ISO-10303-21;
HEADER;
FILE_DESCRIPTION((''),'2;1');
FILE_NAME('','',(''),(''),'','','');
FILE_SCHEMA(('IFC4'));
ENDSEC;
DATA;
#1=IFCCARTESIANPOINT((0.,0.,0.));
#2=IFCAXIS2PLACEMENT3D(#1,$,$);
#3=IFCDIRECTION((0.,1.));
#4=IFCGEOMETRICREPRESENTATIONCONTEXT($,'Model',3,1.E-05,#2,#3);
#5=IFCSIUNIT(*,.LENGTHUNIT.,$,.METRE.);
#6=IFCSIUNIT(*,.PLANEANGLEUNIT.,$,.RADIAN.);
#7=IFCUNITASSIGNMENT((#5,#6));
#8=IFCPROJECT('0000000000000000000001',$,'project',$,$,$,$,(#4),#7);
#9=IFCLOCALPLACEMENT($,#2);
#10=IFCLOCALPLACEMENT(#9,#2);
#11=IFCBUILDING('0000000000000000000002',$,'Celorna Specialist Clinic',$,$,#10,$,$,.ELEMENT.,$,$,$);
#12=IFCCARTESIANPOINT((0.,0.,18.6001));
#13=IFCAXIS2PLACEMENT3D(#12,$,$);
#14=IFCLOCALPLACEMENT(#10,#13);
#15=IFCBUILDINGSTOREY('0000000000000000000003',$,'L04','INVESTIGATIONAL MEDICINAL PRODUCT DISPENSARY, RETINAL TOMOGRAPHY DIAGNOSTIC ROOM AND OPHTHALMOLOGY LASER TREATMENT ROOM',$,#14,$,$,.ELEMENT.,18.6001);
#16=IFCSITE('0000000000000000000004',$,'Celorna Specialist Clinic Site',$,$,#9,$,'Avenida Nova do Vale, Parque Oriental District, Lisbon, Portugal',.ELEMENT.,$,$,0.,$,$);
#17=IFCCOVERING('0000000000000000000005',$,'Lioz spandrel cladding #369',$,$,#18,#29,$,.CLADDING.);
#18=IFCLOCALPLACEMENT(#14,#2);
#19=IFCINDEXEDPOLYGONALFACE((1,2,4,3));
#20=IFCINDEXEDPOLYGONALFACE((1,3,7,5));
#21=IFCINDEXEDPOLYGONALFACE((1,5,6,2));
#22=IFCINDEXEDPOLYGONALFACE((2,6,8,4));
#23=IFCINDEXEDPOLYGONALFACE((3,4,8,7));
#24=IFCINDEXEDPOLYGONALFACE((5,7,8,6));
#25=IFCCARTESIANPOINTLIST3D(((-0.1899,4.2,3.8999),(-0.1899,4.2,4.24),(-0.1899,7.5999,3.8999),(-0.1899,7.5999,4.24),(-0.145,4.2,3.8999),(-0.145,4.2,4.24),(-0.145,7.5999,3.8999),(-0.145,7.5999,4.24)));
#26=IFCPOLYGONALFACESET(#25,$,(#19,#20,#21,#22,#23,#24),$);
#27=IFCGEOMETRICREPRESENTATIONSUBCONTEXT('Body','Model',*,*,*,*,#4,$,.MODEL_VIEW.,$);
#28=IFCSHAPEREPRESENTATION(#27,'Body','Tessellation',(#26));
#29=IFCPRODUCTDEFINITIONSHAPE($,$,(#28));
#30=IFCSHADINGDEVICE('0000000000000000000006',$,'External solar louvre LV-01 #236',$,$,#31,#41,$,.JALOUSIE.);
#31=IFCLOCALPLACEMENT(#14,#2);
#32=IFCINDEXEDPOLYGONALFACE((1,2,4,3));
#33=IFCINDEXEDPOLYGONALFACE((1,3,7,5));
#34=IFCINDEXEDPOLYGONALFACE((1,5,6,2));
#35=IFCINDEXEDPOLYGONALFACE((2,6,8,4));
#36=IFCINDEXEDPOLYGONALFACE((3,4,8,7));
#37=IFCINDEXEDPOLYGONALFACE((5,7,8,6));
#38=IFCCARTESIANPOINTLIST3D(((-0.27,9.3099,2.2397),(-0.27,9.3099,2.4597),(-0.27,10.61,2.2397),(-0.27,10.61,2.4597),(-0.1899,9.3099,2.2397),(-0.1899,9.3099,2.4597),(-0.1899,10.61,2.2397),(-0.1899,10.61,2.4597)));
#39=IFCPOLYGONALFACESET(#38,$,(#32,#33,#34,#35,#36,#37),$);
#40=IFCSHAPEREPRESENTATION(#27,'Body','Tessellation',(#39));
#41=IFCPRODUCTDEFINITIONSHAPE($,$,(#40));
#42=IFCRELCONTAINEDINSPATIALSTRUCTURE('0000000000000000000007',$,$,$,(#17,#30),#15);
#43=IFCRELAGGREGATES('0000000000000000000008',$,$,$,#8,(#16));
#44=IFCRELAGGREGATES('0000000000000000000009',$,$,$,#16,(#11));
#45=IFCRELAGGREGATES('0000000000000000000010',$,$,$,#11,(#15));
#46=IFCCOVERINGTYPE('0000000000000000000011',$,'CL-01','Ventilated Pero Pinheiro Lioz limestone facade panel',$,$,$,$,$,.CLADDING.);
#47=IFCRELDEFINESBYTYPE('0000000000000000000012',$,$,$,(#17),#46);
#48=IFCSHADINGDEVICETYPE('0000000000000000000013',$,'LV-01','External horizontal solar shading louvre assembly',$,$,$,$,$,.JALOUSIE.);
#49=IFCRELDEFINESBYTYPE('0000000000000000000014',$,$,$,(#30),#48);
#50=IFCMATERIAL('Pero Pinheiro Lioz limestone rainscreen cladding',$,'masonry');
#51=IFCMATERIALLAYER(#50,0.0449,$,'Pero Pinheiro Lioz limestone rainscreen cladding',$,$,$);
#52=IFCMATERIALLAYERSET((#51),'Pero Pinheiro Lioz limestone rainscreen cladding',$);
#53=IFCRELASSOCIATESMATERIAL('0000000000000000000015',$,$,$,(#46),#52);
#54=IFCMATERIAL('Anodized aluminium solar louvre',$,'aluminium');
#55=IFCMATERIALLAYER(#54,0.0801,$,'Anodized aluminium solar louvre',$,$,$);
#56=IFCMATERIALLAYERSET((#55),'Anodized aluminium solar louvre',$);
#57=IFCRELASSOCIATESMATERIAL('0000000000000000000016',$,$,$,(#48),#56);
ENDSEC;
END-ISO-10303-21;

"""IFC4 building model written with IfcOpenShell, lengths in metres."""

from ifc_helpers import new_model, si_unit, direction, frame, origin, origin_2d, place, context, subcontext, project, spatial, rectangle, extrude, material, layer, layer_set, type_object, element, save


model = new_model("IFC4")

# Units and contexts
model_context = context("Model", 3, precision=1e-05, world=origin(), true_north=direction((0.0, 1.0)))
body_context = subcontext(model_context, "Body", "Model", "MODEL_VIEW")
ifc_project = project(units=[si_unit("LENGTHUNIT", "METRE"), si_unit("PLANEANGLEUNIT", "RADIAN")], contexts=[model_context])

# Site, building, storey
site_placement = place(None, origin())
site = spatial("IfcSite", under=ifc_project, at=site_placement, Name="Celorna Specialist Clinic Site", LongName="Avenida Nova do Vale, Parque Oriental District, Lisbon, Portugal", CompositionType="ELEMENT", RefElevation=0.0)
building_placement = place(site_placement, origin())
building = spatial("IfcBuilding", under=site, at=building_placement, Name="Celorna Specialist Clinic", CompositionType="ELEMENT")
storey_placement = place(building_placement, frame((0.0, 0.0, 18.6001)))
storey = spatial("IfcBuildingStorey", under=building, at=storey_placement, Name="L04", Description="INVESTIGATIONAL MEDICINAL PRODUCT DISPENSARY, RETINAL TOMOGRAPHY DIAGNOSTIC ROOM AND OPHTHALMOLOGY LASER TREATMENT ROOM", CompositionType="ELEMENT", Elevation=18.6001)

# Covering
ifc_material_1 = material(Name="Pero Pinheiro Lioz limestone rainscreen cladding", Category="masonry")
ifc_layer_1 = layer(ifc_material_1, 0.0449, Name="Pero Pinheiro Lioz limestone rainscreen cladding")
ifc_layer_set_1 = layer_set([ifc_layer_1], Name="Pero Pinheiro Lioz limestone rainscreen cladding")
covering_type = type_object("IfcCoveringType", Name="CL-01", Description="Ventilated Pero Pinheiro Lioz limestone facade panel", PredefinedType="CLADDING", material=ifc_layer_set_1)
covering_placement = place(storey_placement, frame((-0.1675, 5.8999, 3.8999), z_axis=(0.0, 0.0, 1.0), x_axis=(0.0, 1.0, 0.0)))
element("IfcCovering", 1, at=covering_placement, inside=storey, type_object=covering_type, Name="Lioz spandrel cladding #369", PredefinedType="CLADDING", context=body_context, shape_type="SweptSolid", body=[
    extrude(rectangle(XDim=3.3999, YDim=0.0449, at=origin_2d()), origin(), (0.0, 0.0, 1.0), 0.3401),
])

# Shading device
ifc_material_2 = material(Name="Anodized aluminium solar louvre", Category="aluminium")
ifc_layer_2 = layer(ifc_material_2, 0.0801, Name="Anodized aluminium solar louvre")
ifc_layer_set_2 = layer_set([ifc_layer_2], Name="Anodized aluminium solar louvre")
shading_device_type = type_object("IfcShadingDeviceType", Name="LV-01", Description="External horizontal solar shading louvre assembly", PredefinedType="JALOUSIE", material=ifc_layer_set_2)
shading_device_placement = place(storey_placement, frame((-0.23, 9.96, 2.2397), z_axis=(0.0, 0.0, 1.0), x_axis=(0.0, 1.0, 0.0)))
element("IfcShadingDevice", 2, at=shading_device_placement, inside=storey, type_object=shading_device_type, Name="External solar louvre LV-01 #236", PredefinedType="JALOUSIE", context=body_context, shape_type="SweptSolid", body=[
    extrude(rectangle(XDim=1.3, YDim=0.0801, at=origin_2d()), origin(), (0.0, 0.0, 1.0), 0.22),
])

save(model, "model.ifc")
